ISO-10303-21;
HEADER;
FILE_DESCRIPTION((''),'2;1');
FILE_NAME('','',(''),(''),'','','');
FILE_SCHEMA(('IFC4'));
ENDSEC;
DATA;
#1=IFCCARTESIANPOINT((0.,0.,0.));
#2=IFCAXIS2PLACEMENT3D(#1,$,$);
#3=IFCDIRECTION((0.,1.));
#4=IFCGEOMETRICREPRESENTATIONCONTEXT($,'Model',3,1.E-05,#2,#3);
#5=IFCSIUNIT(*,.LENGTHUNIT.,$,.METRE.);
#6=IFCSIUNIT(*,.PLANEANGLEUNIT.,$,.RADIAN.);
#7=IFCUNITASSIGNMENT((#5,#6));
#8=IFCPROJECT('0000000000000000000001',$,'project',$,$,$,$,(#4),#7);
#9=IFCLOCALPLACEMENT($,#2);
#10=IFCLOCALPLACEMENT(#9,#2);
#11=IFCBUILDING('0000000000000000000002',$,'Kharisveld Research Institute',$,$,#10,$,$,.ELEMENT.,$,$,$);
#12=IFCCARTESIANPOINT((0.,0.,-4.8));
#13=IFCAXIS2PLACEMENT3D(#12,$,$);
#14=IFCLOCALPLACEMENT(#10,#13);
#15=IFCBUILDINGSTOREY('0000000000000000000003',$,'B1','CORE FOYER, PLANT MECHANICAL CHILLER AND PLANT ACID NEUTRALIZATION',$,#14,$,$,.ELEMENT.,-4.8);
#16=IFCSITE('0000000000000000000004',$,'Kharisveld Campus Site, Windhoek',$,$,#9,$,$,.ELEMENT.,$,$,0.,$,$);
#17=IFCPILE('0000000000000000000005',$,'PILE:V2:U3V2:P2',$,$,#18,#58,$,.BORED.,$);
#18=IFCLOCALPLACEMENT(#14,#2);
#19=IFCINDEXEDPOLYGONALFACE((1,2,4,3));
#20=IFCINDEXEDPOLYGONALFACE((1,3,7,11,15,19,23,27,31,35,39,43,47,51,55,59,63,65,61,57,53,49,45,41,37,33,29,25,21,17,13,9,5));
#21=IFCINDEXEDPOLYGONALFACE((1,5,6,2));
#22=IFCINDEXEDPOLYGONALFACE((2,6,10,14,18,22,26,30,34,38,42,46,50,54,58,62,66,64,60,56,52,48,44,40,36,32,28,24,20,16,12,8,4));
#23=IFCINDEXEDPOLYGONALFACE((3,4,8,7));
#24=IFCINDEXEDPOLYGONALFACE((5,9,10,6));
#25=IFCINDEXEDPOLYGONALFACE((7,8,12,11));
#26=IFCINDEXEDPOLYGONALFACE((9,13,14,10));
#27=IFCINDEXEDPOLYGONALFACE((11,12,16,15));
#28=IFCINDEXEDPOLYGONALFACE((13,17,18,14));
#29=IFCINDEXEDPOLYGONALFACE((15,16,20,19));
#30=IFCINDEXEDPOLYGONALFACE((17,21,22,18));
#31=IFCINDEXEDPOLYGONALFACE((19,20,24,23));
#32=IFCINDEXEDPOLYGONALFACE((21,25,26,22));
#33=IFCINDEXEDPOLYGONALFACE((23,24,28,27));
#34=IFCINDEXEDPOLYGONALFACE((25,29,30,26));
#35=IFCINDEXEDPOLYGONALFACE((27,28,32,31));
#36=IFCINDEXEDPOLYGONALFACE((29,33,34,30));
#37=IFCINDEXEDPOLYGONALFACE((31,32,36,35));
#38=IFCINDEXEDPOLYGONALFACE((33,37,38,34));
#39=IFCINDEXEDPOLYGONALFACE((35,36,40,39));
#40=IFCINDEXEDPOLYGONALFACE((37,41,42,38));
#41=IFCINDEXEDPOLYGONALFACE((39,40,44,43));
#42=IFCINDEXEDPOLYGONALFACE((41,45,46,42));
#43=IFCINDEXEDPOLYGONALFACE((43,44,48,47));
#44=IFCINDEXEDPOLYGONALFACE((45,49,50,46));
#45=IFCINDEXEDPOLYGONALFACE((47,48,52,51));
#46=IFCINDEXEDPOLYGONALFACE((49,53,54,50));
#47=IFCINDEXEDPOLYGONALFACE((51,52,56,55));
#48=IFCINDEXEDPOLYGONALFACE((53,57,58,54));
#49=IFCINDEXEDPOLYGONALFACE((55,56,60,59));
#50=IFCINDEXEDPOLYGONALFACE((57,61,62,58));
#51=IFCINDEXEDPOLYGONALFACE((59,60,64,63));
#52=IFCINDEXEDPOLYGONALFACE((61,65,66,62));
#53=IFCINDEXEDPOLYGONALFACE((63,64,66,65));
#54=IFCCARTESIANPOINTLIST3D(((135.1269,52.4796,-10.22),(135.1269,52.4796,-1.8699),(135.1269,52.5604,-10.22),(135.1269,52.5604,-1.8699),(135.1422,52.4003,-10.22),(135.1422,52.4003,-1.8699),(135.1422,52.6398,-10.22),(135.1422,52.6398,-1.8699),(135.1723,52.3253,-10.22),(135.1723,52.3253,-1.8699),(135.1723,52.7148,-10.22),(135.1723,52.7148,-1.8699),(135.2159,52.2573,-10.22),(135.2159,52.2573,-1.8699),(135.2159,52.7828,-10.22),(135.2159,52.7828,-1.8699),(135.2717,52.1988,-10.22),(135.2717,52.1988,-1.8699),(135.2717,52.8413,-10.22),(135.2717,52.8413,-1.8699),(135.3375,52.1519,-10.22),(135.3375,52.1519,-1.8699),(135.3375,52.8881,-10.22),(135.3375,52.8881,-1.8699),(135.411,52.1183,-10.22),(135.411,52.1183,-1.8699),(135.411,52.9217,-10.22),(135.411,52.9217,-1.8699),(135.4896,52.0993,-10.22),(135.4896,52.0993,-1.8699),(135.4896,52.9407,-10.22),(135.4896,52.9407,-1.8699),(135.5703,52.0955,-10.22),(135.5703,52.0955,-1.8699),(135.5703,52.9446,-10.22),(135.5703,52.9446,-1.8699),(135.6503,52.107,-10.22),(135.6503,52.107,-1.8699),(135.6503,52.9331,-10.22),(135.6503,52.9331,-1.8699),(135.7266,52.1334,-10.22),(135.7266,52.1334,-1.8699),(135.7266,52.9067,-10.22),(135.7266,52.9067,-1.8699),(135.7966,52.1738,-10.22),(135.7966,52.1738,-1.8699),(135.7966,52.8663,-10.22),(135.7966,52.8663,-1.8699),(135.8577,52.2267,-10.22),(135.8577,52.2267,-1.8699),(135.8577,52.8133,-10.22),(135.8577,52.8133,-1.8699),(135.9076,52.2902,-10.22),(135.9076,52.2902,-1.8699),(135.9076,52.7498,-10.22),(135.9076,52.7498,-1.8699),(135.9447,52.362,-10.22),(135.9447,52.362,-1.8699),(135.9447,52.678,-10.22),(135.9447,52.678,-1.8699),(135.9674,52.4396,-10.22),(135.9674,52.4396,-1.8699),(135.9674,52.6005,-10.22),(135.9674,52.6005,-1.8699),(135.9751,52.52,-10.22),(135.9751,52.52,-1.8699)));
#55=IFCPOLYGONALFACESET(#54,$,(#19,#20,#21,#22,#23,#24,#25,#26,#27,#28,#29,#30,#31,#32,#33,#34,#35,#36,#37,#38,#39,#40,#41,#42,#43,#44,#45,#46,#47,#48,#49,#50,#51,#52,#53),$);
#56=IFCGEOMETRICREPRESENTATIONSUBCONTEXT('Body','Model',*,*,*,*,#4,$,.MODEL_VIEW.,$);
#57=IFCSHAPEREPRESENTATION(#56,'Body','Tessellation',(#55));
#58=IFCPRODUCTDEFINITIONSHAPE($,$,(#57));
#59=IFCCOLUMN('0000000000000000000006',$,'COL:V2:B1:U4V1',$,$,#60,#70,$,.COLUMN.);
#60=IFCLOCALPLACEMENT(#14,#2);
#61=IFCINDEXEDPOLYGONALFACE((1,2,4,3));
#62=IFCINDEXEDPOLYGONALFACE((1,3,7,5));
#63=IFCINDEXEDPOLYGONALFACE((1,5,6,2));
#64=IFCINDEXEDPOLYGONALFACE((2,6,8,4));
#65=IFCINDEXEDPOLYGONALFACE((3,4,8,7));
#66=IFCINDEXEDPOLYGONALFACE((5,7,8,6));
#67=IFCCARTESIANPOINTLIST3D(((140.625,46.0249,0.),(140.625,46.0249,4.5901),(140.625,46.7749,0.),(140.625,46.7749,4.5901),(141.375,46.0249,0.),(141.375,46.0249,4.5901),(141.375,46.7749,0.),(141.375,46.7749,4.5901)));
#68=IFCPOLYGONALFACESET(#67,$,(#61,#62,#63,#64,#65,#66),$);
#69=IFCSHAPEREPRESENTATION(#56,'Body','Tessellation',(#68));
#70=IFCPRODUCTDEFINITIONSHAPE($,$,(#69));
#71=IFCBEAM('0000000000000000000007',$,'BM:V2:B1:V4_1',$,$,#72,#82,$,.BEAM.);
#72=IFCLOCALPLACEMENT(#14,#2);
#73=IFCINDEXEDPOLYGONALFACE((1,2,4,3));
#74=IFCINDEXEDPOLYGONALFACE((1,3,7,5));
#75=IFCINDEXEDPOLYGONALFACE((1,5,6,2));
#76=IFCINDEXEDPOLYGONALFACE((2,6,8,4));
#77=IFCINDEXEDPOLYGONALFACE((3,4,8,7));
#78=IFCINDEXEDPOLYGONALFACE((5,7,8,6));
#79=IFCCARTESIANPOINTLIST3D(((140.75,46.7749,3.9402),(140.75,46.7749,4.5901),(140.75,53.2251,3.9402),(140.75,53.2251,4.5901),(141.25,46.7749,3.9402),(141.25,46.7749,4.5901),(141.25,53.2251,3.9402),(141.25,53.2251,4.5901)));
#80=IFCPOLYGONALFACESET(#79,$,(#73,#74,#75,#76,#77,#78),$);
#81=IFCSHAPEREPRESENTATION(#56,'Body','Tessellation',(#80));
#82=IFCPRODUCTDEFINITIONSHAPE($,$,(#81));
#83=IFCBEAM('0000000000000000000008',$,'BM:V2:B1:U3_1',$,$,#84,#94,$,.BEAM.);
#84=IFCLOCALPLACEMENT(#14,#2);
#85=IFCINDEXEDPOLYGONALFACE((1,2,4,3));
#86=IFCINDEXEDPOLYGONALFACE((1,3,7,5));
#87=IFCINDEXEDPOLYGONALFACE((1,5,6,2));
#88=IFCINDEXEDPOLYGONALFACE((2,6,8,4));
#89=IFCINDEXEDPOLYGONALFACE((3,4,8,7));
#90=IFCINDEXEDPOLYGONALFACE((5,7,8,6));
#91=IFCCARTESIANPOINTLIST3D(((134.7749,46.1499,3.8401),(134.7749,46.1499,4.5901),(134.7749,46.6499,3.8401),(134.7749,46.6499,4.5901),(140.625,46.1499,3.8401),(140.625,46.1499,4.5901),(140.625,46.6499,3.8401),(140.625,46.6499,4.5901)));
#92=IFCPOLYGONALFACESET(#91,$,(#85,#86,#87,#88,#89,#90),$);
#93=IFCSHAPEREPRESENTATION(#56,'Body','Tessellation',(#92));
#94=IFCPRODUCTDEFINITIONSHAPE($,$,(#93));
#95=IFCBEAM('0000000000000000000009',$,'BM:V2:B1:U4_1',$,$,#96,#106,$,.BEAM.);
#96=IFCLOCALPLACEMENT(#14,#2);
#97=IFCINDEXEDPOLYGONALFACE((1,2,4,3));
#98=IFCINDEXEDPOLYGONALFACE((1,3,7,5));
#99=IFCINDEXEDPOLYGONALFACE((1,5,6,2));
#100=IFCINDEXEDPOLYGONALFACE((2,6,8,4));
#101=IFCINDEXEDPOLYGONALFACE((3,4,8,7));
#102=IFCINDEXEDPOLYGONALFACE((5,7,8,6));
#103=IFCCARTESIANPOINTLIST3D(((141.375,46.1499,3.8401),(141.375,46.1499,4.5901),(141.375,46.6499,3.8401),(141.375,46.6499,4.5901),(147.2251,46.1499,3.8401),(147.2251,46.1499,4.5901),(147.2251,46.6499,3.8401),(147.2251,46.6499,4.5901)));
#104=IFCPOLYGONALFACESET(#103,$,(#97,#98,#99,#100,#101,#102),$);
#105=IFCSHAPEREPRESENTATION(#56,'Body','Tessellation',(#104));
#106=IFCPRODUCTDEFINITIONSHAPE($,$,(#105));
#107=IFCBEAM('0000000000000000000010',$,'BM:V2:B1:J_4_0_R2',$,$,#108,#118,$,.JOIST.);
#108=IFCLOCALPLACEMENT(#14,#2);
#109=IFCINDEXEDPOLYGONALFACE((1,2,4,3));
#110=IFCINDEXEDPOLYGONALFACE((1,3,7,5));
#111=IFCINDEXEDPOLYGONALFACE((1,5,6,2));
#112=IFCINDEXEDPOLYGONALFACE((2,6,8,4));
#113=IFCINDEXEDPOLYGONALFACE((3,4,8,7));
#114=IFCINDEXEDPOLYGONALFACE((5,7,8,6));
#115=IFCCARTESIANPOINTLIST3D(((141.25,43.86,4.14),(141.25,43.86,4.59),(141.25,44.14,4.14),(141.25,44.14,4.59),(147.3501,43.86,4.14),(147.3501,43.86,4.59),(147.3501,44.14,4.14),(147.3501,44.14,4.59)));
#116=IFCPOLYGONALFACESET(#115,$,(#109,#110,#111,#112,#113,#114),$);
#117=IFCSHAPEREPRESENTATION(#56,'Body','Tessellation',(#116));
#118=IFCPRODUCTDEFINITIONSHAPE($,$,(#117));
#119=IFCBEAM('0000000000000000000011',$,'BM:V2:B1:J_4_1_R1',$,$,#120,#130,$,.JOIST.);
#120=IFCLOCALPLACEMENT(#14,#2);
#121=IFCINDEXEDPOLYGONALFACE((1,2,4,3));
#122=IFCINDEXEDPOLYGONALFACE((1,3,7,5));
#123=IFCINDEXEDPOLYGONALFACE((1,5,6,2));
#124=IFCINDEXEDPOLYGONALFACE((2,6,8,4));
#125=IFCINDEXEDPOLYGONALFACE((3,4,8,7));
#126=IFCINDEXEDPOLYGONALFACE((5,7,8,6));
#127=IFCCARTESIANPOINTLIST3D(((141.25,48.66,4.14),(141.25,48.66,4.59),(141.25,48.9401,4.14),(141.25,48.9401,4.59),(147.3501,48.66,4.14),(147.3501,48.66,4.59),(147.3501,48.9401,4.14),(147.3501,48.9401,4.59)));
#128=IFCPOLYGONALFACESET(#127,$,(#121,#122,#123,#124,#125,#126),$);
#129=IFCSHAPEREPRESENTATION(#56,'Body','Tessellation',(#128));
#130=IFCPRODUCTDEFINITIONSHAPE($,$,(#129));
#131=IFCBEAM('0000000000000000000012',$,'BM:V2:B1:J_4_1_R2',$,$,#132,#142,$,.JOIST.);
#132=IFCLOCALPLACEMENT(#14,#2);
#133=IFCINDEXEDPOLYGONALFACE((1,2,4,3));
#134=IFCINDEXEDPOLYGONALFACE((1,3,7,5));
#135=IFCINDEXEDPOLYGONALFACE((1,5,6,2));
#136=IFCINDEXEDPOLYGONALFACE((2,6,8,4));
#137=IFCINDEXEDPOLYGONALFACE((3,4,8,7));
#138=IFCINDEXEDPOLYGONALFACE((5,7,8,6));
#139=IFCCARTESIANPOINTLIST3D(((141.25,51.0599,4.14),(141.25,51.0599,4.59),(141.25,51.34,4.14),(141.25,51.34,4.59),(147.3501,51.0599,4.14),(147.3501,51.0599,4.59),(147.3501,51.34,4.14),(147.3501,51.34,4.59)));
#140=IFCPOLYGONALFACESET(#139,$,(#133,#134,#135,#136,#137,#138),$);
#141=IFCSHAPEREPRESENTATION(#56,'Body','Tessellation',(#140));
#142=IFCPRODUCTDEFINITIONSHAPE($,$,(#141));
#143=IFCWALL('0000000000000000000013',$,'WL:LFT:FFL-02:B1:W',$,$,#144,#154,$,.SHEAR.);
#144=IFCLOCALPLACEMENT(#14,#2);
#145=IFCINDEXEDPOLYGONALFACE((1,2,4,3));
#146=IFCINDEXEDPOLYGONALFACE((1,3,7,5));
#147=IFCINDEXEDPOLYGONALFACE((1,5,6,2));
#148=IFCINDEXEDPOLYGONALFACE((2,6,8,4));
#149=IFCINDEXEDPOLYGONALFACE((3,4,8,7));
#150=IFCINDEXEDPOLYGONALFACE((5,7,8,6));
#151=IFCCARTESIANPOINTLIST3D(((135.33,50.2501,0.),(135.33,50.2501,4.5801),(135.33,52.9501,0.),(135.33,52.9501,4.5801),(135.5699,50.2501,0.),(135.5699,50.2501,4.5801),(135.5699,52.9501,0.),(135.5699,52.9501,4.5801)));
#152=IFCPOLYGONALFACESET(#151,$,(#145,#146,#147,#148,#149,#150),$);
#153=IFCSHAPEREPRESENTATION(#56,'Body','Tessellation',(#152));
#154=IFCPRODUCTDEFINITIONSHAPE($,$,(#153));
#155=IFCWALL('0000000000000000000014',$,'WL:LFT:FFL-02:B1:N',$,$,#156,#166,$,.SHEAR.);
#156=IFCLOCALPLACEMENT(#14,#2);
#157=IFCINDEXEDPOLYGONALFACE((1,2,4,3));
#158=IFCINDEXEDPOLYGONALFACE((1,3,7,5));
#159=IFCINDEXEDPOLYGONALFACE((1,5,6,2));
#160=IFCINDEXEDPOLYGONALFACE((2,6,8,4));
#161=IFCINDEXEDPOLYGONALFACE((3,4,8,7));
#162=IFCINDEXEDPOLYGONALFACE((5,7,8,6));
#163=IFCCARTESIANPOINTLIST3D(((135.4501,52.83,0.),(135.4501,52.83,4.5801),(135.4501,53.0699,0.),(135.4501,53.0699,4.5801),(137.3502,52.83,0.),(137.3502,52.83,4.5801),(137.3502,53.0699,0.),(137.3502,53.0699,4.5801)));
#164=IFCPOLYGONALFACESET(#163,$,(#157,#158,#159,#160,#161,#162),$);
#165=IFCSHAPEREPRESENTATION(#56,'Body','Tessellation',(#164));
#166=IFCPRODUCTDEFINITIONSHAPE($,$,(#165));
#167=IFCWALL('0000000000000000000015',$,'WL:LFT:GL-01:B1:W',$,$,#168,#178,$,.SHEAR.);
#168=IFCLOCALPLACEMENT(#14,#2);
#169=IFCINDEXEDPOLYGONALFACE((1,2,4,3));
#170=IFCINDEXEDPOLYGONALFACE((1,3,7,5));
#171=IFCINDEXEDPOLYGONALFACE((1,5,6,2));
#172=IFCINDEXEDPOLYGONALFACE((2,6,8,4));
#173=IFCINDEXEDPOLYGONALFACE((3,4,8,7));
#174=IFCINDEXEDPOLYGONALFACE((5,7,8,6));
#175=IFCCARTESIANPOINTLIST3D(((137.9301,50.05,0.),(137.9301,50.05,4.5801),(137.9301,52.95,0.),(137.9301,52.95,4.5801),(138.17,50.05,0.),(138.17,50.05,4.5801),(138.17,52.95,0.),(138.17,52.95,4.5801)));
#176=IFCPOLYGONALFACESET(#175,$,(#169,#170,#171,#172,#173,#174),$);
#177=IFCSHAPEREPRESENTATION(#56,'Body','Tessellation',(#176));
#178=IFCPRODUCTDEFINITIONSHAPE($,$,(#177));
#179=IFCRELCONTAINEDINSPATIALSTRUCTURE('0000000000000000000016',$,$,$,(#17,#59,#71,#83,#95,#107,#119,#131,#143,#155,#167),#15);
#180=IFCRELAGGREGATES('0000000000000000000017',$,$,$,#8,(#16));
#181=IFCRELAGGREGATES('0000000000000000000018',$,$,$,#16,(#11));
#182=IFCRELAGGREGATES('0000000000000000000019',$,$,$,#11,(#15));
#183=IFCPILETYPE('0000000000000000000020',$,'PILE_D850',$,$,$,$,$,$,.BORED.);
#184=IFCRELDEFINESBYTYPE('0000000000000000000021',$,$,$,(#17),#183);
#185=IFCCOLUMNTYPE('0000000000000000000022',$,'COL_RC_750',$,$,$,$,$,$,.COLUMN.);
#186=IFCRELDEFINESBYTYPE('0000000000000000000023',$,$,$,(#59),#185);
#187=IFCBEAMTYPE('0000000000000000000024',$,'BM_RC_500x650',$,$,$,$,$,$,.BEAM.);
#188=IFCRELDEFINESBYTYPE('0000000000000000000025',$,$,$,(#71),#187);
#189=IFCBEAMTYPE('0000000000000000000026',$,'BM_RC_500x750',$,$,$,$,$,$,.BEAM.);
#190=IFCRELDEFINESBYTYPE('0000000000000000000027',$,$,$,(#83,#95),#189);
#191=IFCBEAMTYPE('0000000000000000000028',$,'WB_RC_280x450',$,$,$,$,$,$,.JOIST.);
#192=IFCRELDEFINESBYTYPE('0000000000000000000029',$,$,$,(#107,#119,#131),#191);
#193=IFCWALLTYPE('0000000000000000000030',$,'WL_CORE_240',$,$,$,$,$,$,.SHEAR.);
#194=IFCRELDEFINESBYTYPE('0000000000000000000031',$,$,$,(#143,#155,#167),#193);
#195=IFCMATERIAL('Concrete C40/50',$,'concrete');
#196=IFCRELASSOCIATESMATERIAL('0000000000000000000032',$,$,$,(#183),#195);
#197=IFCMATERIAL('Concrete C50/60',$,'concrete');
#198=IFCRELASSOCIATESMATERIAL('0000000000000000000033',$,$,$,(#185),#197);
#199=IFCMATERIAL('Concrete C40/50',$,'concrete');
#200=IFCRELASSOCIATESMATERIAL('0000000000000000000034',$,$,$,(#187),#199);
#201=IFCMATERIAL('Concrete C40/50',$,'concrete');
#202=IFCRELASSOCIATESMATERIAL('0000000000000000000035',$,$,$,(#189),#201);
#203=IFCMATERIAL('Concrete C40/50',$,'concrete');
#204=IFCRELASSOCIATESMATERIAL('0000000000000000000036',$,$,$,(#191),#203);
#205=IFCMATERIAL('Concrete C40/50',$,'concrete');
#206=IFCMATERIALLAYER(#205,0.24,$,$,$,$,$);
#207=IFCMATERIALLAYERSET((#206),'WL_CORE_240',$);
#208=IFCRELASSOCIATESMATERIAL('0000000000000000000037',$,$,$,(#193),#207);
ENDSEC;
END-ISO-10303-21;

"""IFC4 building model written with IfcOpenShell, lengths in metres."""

from ifc_helpers import new_model, si_unit, direction, frame, frame_2d, origin, origin_2d, place, context, subcontext, project, spatial, rectangle, circle, extrude, material, layer, layer_set, material_profile, profile_set, type_object, element, save


model = new_model("IFC4")

# Units and contexts
model_context = context("Model", 3, precision=1e-05, world=origin(), true_north=direction((0.0, 1.0)))
body_context = subcontext(model_context, "Body", "Model", "MODEL_VIEW")
ifc_project = project(units=[si_unit("LENGTHUNIT", "METRE"), si_unit("PLANEANGLEUNIT", "RADIAN")], contexts=[model_context])

# Site, building, storey
site_placement = place(None, origin())
site = spatial("IfcSite", under=ifc_project, at=site_placement, Name="Kharisveld Campus Site, Windhoek", CompositionType="ELEMENT", RefElevation=0.0)
building_placement = place(site_placement, origin())
building = spatial("IfcBuilding", under=site, at=building_placement, Name="Kharisveld Research Institute", CompositionType="ELEMENT")
storey_placement = place(building_placement, frame((0.0, 0.0, -4.8)))
storey = spatial("IfcBuildingStorey", under=building, at=storey_placement, Name="B1", Description="CORE FOYER, PLANT MECHANICAL CHILLER AND PLANT ACID NEUTRALIZATION", CompositionType="ELEMENT", Elevation=-4.8)

# Pile
ifc_material_1 = material(Name="Concrete C40/50", Category="concrete")
ifc_material_profile_1 = material_profile(ifc_material_1, circle(Radius=0.425, at=origin_2d()))
ifc_profile_set_1 = profile_set([ifc_material_profile_1], Name="Concrete C40/50")
pile_type_1 = type_object("IfcPileType", Name="PILE_D850", PredefinedType="BORED", material=ifc_profile_set_1)
pile_1_placement = place(storey_placement, frame((135.55, 52.52, -1.8699), z_axis=(0.0, 0.0, -1.0), x_axis=(1.0, 0.0, 0.0)))
element("IfcPile", 1, at=pile_1_placement, inside=storey, type_object=pile_type_1, Name="PILE:V2:U3V2:P2", PredefinedType="BORED", context=body_context, shape_type="SweptSolid", body=[
    extrude(circle(Radius=0.425, at=origin_2d()), origin(), (0.0, 0.0, 1.0), 8.3501),
])

# Column
ifc_material_2 = material(Name="Concrete C50/60", Category="concrete")
ifc_material_profile_2 = material_profile(ifc_material_2, rectangle(XDim=0.75, YDim=0.75, at=origin_2d()))
ifc_profile_set_2 = profile_set([ifc_material_profile_2], Name="Concrete C50/60")
column_type = type_object("IfcColumnType", Name="COL_RC_750", PredefinedType="COLUMN", material=ifc_profile_set_2)
column_placement = place(storey_placement, frame((141.0, 46.3999, 0.0), z_axis=(0.0, 0.0, 1.0), x_axis=(1.0, 0.0, 0.0)))
element("IfcColumn", 2, at=column_placement, inside=storey, type_object=column_type, Name="COL:V2:B1:U4V1", PredefinedType="COLUMN", context=body_context, shape_type="SweptSolid", body=[
    extrude(rectangle(XDim=0.75, YDim=0.75, at=origin_2d()), origin(), (0.0, 0.0, 1.0), 4.5901),
])

# Beams
ifc_material_3 = material(Name="Concrete C40/50", Category="concrete")
ifc_material_profile_3 = material_profile(ifc_material_3, rectangle(XDim=0.5, YDim=0.6499, at=origin_2d()))
ifc_profile_set_3 = profile_set([ifc_material_profile_3], Name="Concrete C40/50")
beam_type_1 = type_object("IfcBeamType", Name="BM_RC_500x650", PredefinedType="BEAM", material=ifc_profile_set_3)
beam_placement = place(storey_placement, frame((141.0, 46.7749, 4.2651), z_axis=(0.0, 1.0, 0.0), x_axis=(-1.0, 0.0, 0.0)))
element("IfcBeam", 3, at=beam_placement, inside=storey, type_object=beam_type_1, Name="BM:V2:B1:V4_1", PredefinedType="BEAM", context=body_context, shape_type="SweptSolid", body=[
    extrude(rectangle(XDim=0.5, YDim=0.6499, at=origin_2d()), origin(), (0.0, 0.0, 1.0), 6.4502),
])
ifc_material_4 = material(Name="Concrete C40/50", Category="concrete")
ifc_material_profile_4 = material_profile(ifc_material_4, rectangle(XDim=0.5, YDim=0.75, at=origin_2d()))
ifc_profile_set_4 = profile_set([ifc_material_profile_4], Name="Concrete C40/50")
beam_type_2 = type_object("IfcBeamType", Name="BM_RC_500x750", PredefinedType="BEAM", material=ifc_profile_set_4)
for number, where, z_axis, x_axis, name in (
    (4, (134.7749, 46.3999, 4.2151), (1.0, 0.0, 0.0), (0.0, 1.0, 0.0), "BM:V2:B1:U3_1"),
    (5, (141.375, 46.3999, 4.2151), (1.0, 0.0, 0.0), (0.0, 1.0, 0.0), "BM:V2:B1:U4_1"),
):
    element("IfcBeam", number, at=place(storey_placement, frame(where, z_axis=z_axis, x_axis=x_axis)), inside=storey, type_object=beam_type_2, Name=name, PredefinedType="BEAM", context=body_context, shape_type="SweptSolid", body=[
        extrude(rectangle(XDim=0.5, YDim=0.75, at=origin_2d()), origin(), (0.0, 0.0, 1.0), 5.8501),
    ])
ifc_material_5 = material(Name="Concrete C40/50", Category="concrete")
ifc_material_profile_5 = material_profile(ifc_material_5, rectangle(XDim=0.28, YDim=0.45, at=origin_2d()))
ifc_profile_set_5 = profile_set([ifc_material_profile_5], Name="Concrete C40/50")
beam_type_3 = type_object("IfcBeamType", Name="WB_RC_280x450", PredefinedType="JOIST", material=ifc_profile_set_5)
for number, where, z_axis, x_axis, name in (
    (6, (141.25, 44.0, 4.365), (1.0, 0.0, 0.0), (0.0, 1.0, 0.0), "BM:V2:B1:J_4_0_R2"),
    (7, (141.25, 48.8, 4.365), (1.0, 0.0, 0.0), (0.0, 1.0, 0.0), "BM:V2:B1:J_4_1_R1"),
    (8, (141.25, 51.2, 4.365), (1.0, 0.0, 0.0), (0.0, 1.0, 0.0), "BM:V2:B1:J_4_1_R2"),
):
    element("IfcBeam", number, at=place(storey_placement, frame(where, z_axis=z_axis, x_axis=x_axis)), inside=storey, type_object=beam_type_3, Name=name, PredefinedType="JOIST", context=body_context, shape_type="SweptSolid", body=[
        extrude(rectangle(XDim=0.28, YDim=0.45, at=origin_2d()), origin(), (0.0, 0.0, 1.0), 6.1001),
    ])

# Walls
ifc_material_6 = material(Name="Concrete C40/50", Category="concrete")
ifc_layer_1 = layer(ifc_material_6, 0.24)
ifc_layer_set_1 = layer_set([ifc_layer_1], Name="WL_CORE_240")
wall_type_1 = type_object("IfcWallType", Name="WL_CORE_240", PredefinedType="SHEAR", material=ifc_layer_set_1)
wall_1_placement = place(storey_placement, frame((135.45, 50.25, 0.0), z_axis=(0.0, 0.0, 1.0), x_axis=(0.0, 1.0, 0.0)))
element("IfcWall", 9, at=wall_1_placement, inside=storey, type_object=wall_type_1, Name="WL:LFT:FFL-02:B1:W", PredefinedType="SHEAR", context=body_context, shape_type="SweptSolid", body=[
    extrude(rectangle(XDim=2.7, YDim=0.24, at=frame_2d((1.3501, 0.0))), origin(), (0.0, 0.0, 1.0), 4.5801),
])
wall_2_placement = place(storey_placement, frame((135.45, 52.95, 0.0), z_axis=(0.0, 0.0, 1.0), x_axis=(1.0, 0.0, 0.0)))
element("IfcWall", 10, at=wall_2_placement, inside=storey, type_object=wall_type_1, Name="WL:LFT:FFL-02:B1:N", PredefinedType="SHEAR", context=body_context, shape_type="SweptSolid", body=[
    extrude(rectangle(XDim=1.9001, YDim=0.24, at=frame_2d((0.9502, 0.0))), origin(), (0.0, 0.0, 1.0), 4.5801),
])

# Wall
wall_3_placement = place(storey_placement, frame((138.05, 50.05, 0.0), z_axis=(0.0, 0.0, 1.0), x_axis=(0.0, 1.0, 0.0)))
element("IfcWall", 11, at=wall_3_placement, inside=storey, type_object=wall_type_1, Name="WL:LFT:GL-01:B1:W", PredefinedType="SHEAR", context=body_context, shape_type="SweptSolid", body=[
    extrude(rectangle(XDim=2.8999, YDim=0.24, at=frame_2d((1.45, 0.0))), origin(), (0.0, 0.0, 1.0), 4.5801),
])

save(model, "model.ifc")
